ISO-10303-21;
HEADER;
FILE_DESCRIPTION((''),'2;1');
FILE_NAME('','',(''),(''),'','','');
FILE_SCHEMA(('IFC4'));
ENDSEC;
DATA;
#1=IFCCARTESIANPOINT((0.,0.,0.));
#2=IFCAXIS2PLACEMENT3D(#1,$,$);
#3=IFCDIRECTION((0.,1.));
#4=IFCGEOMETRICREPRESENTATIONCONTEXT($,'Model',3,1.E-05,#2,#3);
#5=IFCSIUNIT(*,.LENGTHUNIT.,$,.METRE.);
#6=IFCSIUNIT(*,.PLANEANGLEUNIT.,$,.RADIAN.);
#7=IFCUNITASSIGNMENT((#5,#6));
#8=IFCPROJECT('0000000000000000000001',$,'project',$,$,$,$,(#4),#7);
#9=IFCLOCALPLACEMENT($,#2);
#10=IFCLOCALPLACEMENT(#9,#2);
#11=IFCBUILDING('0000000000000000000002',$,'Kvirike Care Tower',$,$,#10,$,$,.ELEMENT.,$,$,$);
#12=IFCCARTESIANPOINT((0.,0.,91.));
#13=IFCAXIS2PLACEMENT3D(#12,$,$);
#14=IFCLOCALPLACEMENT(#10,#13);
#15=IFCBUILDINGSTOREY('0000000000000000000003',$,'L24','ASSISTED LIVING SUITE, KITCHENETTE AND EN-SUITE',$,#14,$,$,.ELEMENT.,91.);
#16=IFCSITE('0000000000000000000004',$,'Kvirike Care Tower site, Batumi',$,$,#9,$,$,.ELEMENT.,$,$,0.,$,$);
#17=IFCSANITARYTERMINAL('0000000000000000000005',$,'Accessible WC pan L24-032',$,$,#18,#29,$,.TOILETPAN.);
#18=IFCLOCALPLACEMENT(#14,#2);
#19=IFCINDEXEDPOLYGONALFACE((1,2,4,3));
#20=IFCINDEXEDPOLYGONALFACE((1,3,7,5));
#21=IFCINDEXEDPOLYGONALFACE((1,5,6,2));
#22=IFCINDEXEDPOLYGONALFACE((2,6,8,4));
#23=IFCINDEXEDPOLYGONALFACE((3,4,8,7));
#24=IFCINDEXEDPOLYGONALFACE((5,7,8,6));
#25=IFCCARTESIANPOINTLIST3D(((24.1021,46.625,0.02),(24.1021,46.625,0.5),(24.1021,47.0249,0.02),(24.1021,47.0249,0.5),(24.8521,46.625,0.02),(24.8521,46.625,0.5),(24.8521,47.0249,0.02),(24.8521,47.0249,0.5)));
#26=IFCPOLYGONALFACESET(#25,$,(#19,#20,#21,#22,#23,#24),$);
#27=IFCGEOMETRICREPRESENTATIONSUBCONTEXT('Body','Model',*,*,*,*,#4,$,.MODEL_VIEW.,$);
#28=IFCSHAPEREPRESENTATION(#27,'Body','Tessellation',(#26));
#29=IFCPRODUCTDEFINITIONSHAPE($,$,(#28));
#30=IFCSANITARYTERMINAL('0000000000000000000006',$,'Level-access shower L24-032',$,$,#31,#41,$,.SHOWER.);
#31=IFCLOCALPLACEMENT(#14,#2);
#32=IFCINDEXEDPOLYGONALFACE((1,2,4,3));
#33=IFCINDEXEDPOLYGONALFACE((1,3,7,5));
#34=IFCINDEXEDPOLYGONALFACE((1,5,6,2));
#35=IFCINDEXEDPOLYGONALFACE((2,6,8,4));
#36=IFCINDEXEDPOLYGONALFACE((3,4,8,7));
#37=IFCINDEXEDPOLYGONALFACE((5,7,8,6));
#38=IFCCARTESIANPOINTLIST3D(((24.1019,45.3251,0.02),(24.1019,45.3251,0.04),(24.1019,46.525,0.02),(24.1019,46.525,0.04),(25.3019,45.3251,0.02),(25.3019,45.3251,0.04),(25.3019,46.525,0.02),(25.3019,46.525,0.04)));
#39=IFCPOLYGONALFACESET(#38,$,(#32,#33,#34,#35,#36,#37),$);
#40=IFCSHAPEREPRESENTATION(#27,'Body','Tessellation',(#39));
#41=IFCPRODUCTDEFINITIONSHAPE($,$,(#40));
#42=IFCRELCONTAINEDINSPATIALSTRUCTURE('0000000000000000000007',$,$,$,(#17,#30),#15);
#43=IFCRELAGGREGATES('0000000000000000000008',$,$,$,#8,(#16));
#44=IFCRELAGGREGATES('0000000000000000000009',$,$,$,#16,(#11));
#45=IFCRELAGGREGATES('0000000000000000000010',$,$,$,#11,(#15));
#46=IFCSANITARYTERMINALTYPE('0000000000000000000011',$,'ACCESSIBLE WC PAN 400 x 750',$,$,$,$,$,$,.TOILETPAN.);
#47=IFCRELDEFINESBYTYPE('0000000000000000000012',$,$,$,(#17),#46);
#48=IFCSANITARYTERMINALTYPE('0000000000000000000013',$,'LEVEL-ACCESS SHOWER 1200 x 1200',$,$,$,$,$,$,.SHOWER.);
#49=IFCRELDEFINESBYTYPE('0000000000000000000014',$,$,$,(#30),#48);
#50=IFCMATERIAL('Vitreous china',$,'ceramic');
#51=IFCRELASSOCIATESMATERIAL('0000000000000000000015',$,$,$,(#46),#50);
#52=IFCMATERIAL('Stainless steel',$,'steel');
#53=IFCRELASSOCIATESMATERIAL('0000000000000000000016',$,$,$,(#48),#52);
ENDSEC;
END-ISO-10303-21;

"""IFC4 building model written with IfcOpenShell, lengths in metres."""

from ifc_helpers import new_model, si_unit, direction, frame, origin, origin_2d, place, context, subcontext, project, spatial, rectangle, extrude, material, type_object, element, save


model = new_model("IFC4")

# Units and contexts
model_context = context("Model", 3, precision=1e-05, world=origin(), true_north=direction((0.0, 1.0)))
body_context = subcontext(model_context, "Body", "Model", "MODEL_VIEW")
ifc_project = project(units=[si_unit("LENGTHUNIT", "METRE"), si_unit("PLANEANGLEUNIT", "RADIAN")], contexts=[model_context])

# Site, building, storey
site_placement = place(None, origin())
site = spatial("IfcSite", under=ifc_project, at=site_placement, Name="Kvirike Care Tower site, Batumi", CompositionType="ELEMENT", RefElevation=0.0)
building_placement = place(site_placement, origin())
building = spatial("IfcBuilding", under=site, at=building_placement, Name="Kvirike Care Tower", CompositionType="ELEMENT")
storey_placement = place(building_placement, frame((0.0, 0.0, 91.0)))
storey = spatial("IfcBuildingStorey", under=building, at=storey_placement, Name="L24", Description="ASSISTED LIVING SUITE, KITCHENETTE AND EN-SUITE", CompositionType="ELEMENT", Elevation=91.0)

# Sanitary terminals
ifc_material_1 = material(Name="Vitreous china", Category="ceramic")
sanitary_terminal_type_1 = type_object("IfcSanitaryTerminalType", Name="ACCESSIBLE WC PAN 400 x 750", PredefinedType="TOILETPAN", material=ifc_material_1)
sanitary_terminal_1_placement = place(storey_placement, frame((24.4771, 46.825, 0.02), z_axis=(0.0, 0.0, 1.0), x_axis=(0.0, 1.0, 0.0)))
element("IfcSanitaryTerminal", 1, at=sanitary_terminal_1_placement, inside=storey, type_object=sanitary_terminal_type_1, Name="Accessible WC pan L24-032", PredefinedType="TOILETPAN", context=body_context, shape_type="SweptSolid", body=[
    extrude(rectangle(XDim=0.3999, YDim=0.75, at=origin_2d()), origin(), (0.0, 0.0, 1.0), 0.48),
])
ifc_material_2 = material(Name="Stainless steel", Category="steel")
sanitary_terminal_type_2 = type_object("IfcSanitaryTerminalType", Name="LEVEL-ACCESS SHOWER 1200 x 1200", PredefinedType="SHOWER", material=ifc_material_2)
sanitary_terminal_2_placement = place(storey_placement, frame((24.7019, 45.925, 0.02), z_axis=(0.0, 0.0, 1.0), x_axis=(0.0, 1.0, 0.0)))
element("IfcSanitaryTerminal", 2, at=sanitary_terminal_2_placement, inside=storey, type_object=sanitary_terminal_type_2, Name="Level-access shower L24-032", PredefinedType="SHOWER", context=body_context, shape_type="SweptSolid", body=[
    extrude(rectangle(XDim=1.2, YDim=1.2, at=origin_2d()), origin(), (0.0, 0.0, 1.0), 0.02),
])

save(model, "model.ifc")
